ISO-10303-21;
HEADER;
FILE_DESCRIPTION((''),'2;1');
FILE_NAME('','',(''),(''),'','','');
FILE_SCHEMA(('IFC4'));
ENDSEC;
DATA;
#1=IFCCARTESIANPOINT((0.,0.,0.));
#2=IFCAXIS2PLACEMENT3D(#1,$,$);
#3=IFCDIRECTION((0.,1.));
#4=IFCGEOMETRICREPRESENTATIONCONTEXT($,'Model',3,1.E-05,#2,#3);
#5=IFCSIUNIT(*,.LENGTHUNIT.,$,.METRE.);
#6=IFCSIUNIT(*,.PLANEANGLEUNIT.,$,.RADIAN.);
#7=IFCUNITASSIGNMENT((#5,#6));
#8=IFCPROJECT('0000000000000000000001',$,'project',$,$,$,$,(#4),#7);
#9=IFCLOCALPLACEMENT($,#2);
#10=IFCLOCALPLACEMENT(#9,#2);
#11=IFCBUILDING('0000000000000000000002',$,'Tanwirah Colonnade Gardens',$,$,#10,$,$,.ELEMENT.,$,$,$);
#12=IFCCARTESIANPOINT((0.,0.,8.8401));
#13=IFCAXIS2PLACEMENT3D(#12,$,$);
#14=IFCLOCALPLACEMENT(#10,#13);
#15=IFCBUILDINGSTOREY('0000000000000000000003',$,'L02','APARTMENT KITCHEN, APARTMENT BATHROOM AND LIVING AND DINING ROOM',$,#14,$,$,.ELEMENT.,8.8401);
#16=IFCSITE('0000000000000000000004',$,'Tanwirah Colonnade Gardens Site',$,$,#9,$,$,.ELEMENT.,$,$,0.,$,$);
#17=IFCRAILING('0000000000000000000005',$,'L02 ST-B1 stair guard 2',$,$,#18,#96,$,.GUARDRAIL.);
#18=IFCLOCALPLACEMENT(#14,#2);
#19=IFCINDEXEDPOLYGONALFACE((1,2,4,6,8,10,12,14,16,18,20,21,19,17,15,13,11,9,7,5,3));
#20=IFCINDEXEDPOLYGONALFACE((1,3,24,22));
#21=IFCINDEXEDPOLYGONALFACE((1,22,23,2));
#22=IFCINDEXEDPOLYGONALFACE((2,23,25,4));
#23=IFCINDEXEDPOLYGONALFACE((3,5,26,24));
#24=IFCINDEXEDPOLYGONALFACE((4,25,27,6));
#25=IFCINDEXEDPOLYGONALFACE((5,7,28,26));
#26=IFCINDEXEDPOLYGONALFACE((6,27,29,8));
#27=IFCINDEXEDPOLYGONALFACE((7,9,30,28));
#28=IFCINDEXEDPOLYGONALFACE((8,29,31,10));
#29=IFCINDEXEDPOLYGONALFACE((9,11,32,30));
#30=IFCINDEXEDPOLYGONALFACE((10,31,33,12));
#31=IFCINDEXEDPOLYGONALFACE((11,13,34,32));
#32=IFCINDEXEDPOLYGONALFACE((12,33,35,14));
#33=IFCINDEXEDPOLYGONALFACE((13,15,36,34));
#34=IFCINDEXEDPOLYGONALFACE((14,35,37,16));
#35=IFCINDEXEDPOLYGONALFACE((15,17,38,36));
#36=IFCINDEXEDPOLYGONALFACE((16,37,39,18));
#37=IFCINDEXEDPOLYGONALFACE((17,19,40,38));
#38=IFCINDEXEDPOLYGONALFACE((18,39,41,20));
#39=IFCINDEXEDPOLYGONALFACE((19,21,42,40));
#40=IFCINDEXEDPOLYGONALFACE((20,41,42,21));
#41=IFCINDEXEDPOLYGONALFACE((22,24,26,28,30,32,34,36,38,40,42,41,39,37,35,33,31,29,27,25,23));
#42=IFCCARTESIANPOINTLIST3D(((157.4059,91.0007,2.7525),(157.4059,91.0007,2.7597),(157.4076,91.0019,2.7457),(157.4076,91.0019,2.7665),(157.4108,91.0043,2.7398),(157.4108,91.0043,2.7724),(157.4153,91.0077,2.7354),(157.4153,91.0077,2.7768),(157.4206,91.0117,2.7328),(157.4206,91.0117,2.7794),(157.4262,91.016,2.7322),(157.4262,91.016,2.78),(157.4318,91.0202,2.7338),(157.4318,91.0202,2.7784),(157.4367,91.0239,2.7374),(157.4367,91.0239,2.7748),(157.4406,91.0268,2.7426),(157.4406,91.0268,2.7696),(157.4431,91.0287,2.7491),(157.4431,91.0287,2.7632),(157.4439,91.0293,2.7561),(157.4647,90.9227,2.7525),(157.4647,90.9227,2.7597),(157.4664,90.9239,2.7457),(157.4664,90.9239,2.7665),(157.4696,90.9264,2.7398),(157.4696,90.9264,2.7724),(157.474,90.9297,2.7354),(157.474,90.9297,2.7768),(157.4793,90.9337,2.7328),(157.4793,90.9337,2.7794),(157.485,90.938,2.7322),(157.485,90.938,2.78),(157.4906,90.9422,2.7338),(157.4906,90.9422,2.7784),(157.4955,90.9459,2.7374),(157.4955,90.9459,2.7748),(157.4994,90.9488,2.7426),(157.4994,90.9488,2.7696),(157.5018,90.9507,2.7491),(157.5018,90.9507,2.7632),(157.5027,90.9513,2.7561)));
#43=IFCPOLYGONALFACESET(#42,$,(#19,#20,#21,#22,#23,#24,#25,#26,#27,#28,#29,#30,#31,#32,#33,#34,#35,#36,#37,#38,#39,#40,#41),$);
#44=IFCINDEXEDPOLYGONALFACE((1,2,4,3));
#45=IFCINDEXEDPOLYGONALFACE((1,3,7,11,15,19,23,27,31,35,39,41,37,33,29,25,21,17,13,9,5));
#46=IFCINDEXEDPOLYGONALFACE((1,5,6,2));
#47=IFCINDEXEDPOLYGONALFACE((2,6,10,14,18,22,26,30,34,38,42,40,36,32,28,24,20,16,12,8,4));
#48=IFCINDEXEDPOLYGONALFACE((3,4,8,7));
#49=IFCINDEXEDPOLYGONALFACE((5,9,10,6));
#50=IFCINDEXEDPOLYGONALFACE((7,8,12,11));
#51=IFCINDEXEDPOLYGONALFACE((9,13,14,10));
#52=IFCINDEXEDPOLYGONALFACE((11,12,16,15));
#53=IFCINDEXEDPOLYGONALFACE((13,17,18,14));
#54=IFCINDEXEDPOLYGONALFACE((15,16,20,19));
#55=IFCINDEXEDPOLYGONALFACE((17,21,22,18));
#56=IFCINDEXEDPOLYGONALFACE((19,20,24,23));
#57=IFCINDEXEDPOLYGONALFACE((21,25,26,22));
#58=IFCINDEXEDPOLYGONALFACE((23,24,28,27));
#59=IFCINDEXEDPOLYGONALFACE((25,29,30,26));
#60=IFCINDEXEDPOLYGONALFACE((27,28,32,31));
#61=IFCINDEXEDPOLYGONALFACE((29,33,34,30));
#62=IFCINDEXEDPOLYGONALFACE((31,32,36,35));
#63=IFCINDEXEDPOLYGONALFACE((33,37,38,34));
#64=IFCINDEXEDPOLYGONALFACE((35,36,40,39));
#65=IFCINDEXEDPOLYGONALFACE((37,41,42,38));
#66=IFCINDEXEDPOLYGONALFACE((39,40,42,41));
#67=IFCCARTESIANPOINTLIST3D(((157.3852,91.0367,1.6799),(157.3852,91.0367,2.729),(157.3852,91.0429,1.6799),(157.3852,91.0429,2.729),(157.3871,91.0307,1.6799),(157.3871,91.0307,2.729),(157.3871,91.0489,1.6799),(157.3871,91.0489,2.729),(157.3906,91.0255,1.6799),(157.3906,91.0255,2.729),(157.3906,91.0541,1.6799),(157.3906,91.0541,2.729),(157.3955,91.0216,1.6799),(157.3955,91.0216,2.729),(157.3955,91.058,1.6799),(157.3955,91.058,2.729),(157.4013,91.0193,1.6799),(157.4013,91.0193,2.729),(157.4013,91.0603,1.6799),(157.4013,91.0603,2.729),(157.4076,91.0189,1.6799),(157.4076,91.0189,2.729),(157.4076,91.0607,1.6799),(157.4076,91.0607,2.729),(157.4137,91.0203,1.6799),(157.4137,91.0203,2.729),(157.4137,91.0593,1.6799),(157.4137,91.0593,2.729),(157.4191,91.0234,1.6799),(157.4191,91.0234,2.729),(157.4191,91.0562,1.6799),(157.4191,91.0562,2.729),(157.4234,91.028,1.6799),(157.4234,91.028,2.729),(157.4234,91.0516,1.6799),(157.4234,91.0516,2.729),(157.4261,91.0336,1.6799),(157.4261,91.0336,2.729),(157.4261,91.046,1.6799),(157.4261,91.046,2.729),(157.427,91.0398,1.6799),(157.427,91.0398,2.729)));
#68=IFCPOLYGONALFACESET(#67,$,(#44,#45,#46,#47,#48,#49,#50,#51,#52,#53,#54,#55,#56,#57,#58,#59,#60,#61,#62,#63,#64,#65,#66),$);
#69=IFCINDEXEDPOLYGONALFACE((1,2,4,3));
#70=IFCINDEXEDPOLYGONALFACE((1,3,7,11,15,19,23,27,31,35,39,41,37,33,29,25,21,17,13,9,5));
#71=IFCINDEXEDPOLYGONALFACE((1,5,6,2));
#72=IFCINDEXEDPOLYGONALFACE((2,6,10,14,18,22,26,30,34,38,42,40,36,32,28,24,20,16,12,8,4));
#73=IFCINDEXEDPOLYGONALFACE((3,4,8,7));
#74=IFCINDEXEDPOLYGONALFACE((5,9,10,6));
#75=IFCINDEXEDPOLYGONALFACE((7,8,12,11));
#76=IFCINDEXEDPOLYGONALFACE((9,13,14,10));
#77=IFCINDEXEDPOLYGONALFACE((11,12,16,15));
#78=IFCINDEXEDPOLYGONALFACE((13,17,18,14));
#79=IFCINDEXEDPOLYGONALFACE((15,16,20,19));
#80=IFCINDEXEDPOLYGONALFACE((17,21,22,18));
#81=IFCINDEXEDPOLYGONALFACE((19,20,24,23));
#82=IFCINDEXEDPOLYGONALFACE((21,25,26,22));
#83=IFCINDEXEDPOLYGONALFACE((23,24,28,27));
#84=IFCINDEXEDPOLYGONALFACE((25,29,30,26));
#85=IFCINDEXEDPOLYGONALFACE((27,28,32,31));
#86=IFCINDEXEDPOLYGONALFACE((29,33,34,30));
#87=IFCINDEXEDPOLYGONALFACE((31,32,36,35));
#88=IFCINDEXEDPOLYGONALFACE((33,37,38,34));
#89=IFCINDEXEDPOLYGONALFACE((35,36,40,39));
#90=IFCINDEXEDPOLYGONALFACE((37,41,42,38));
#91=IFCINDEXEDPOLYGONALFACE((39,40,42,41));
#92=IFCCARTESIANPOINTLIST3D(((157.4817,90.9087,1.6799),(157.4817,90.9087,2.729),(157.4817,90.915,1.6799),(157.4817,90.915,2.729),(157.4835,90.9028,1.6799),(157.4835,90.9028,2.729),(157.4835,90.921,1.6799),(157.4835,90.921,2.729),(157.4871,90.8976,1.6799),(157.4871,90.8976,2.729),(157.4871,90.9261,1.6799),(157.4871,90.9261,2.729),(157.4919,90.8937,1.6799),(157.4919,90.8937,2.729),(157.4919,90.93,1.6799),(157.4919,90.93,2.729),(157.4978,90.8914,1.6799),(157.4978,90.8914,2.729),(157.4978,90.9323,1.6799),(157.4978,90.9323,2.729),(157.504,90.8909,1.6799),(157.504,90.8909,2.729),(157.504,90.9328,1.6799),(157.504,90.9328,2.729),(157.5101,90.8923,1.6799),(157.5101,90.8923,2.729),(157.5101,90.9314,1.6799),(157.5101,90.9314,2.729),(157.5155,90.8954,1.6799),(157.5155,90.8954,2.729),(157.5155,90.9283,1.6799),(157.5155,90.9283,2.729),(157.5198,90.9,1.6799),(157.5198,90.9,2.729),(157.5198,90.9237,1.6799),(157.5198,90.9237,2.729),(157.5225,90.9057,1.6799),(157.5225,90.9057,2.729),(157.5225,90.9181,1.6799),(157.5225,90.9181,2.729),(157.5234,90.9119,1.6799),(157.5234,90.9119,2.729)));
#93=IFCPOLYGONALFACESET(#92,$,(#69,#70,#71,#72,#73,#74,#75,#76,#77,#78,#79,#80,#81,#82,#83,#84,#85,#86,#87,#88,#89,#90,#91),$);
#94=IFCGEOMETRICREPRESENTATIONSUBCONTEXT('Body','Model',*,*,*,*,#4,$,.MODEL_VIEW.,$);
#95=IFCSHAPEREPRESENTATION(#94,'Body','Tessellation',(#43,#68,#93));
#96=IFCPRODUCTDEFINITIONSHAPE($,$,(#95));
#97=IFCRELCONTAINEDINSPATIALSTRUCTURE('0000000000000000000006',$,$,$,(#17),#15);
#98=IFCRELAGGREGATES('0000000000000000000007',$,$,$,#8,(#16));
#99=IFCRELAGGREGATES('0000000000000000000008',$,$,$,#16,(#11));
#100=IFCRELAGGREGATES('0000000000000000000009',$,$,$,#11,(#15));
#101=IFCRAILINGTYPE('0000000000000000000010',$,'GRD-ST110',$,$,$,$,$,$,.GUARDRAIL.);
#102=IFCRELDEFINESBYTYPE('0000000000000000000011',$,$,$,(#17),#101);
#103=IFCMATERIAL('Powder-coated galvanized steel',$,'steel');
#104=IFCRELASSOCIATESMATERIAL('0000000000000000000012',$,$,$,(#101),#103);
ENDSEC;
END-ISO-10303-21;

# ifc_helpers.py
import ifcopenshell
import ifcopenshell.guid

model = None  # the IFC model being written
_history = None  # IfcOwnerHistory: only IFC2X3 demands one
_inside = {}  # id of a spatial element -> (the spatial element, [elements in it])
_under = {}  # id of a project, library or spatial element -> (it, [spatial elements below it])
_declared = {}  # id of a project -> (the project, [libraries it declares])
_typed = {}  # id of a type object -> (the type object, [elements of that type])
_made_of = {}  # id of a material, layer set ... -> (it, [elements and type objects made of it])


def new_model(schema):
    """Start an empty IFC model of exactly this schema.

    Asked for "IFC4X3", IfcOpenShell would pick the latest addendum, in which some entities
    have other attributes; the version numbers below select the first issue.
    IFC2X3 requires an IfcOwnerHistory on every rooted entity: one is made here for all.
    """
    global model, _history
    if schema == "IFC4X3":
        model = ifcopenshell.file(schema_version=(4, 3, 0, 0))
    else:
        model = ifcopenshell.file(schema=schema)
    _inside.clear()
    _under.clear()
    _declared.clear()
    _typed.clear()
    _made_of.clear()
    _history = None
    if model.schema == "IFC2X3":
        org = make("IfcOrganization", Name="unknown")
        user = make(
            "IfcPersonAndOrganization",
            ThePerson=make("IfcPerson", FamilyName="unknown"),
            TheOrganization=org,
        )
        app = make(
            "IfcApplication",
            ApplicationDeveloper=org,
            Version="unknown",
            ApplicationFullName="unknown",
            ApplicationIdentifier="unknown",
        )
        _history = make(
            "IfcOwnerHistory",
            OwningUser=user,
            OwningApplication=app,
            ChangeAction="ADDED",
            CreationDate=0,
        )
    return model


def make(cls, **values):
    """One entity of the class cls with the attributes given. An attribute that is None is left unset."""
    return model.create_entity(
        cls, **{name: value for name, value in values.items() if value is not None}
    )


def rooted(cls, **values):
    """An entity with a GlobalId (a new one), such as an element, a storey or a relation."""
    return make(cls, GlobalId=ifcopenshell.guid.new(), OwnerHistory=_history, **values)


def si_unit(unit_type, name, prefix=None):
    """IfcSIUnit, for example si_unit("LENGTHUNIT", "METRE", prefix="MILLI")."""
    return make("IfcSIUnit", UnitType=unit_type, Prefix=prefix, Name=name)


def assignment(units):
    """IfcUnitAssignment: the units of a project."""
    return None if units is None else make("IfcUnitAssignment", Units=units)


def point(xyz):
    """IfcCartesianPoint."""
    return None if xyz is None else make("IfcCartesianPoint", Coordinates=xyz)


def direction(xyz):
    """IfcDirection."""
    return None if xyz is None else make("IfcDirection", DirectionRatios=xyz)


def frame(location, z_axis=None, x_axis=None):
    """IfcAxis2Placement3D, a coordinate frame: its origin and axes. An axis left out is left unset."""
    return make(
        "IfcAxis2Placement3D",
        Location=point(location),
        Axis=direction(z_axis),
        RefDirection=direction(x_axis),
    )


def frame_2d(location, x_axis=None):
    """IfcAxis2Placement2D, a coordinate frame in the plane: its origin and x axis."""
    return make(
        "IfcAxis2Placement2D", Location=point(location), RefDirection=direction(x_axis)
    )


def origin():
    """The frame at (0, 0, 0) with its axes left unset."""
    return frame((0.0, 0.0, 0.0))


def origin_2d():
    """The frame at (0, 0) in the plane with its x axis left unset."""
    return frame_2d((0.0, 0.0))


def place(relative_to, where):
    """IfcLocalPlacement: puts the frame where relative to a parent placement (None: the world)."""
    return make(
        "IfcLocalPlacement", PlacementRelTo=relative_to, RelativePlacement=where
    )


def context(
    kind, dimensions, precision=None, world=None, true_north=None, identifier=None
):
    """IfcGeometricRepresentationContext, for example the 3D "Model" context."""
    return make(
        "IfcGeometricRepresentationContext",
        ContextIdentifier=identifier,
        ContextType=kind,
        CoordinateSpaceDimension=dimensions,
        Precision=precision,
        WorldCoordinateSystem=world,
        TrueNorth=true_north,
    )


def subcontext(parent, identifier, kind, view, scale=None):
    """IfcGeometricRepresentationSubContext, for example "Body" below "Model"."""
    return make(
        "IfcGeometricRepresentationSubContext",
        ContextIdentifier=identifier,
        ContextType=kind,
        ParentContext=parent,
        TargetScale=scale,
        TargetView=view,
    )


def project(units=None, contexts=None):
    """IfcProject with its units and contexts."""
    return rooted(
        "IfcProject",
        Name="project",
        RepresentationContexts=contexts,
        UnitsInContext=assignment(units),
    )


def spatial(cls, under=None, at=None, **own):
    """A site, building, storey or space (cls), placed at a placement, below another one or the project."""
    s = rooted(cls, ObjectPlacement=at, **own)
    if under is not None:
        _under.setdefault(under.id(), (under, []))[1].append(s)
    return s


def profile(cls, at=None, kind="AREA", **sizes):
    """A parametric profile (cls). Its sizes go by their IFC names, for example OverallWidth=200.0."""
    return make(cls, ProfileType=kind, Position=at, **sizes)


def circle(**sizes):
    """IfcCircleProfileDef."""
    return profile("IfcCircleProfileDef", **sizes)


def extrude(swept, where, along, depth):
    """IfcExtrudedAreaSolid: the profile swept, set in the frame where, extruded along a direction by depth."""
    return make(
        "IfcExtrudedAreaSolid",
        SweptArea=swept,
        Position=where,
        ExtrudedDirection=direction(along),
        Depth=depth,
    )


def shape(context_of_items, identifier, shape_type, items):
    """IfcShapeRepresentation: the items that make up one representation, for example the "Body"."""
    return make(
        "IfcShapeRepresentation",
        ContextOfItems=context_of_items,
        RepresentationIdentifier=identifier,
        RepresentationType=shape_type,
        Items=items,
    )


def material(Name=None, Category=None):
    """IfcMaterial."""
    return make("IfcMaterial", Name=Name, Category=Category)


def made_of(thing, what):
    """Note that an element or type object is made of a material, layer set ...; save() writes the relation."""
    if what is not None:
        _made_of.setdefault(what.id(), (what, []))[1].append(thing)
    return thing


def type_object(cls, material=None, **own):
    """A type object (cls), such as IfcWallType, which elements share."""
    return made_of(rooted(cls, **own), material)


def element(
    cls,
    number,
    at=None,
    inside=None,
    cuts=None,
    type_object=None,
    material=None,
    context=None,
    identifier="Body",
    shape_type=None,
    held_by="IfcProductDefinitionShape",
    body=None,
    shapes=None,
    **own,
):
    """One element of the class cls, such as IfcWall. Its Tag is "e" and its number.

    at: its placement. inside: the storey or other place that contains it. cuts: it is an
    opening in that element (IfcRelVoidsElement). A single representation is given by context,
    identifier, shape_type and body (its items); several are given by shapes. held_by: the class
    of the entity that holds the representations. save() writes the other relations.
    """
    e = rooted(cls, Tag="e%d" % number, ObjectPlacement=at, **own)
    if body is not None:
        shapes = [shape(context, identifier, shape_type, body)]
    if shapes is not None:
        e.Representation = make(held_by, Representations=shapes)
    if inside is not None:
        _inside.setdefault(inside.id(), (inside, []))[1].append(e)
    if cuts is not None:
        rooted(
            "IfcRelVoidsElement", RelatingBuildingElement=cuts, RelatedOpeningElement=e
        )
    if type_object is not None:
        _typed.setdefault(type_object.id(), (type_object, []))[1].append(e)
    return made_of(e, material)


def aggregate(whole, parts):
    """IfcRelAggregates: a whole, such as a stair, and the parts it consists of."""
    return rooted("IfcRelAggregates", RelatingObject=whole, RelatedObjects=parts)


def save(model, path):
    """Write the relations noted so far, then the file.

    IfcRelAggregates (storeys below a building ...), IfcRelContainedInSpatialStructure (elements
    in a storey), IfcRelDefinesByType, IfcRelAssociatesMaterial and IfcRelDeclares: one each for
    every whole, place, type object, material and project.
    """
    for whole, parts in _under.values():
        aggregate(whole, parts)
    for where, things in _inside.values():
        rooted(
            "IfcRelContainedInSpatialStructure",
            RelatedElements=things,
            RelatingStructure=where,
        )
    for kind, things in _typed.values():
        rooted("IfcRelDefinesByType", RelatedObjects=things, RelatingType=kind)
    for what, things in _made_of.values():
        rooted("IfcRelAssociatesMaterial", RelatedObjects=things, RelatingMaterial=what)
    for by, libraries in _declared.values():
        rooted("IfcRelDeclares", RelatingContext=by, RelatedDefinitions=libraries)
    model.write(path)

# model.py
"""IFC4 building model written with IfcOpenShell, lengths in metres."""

from ifc_helpers import new_model, si_unit, direction, frame, origin, origin_2d, place, context, subcontext, project, spatial, circle, extrude, material, type_object, element, save


model = new_model("IFC4")

# Units and contexts
model_context = context("Model", 3, precision=1e-05, world=origin(), true_north=direction((0.0, 1.0)))
body_context = subcontext(model_context, "Body", "Model", "MODEL_VIEW")
ifc_project = project(units=[si_unit("LENGTHUNIT", "METRE"), si_unit("PLANEANGLEUNIT", "RADIAN")], contexts=[model_context])

# Site, building, storey
site_placement = place(None, origin())
site = spatial("IfcSite", under=ifc_project, at=site_placement, Name="Tanwirah Colonnade Gardens Site", CompositionType="ELEMENT", RefElevation=0.0)
building_placement = place(site_placement, origin())
building = spatial("IfcBuilding", under=site, at=building_placement, Name="Tanwirah Colonnade Gardens", CompositionType="ELEMENT")
storey_placement = place(building_placement, frame((0.0, 0.0, 8.8401)))
storey = spatial("IfcBuildingStorey", under=building, at=storey_placement, Name="L02", Description="APARTMENT KITCHEN, APARTMENT BATHROOM AND LIVING AND DINING ROOM", CompositionType="ELEMENT", Elevation=8.8401)

# Railing
ifc_material_1 = material(Name="Powder-coated galvanized steel", Category="steel")
railing_type_1 = type_object("IfcRailingType", Name="GRD-ST110", PredefinedType="GUARDRAIL", material=ifc_material_1)
railing_1_placement = place(storey_placement, frame((157.406, 91.0398, 1.6799)))
element("IfcRailing", 1, at=railing_1_placement, inside=storey, type_object=railing_type_1, Name="L02 ST-B1 stair guard 2", PredefinedType="GUARDRAIL", context=body_context, shape_type="SweptSolid", body=[
    extrude(circle(Radius=0.0239, at=origin_2d()), frame((0.0188, -0.0249, 1.0762), z_axis=(0.601949, -0.798535, 0.0), x_axis=(0.798535, 0.601949, 0.0)), (0.0, 0.0, 1.0), 0.0977),
    extrude(circle(Radius=0.021, at=origin_2d()), origin(), (0.0, 0.0, 1.0), 1.0491),
    extrude(circle(Radius=0.021, at=origin_2d()), frame((0.0964, -0.1279, 0.0)), (0.0, 0.0, 1.0), 1.0491),
])

save(model, "model.ifc")
